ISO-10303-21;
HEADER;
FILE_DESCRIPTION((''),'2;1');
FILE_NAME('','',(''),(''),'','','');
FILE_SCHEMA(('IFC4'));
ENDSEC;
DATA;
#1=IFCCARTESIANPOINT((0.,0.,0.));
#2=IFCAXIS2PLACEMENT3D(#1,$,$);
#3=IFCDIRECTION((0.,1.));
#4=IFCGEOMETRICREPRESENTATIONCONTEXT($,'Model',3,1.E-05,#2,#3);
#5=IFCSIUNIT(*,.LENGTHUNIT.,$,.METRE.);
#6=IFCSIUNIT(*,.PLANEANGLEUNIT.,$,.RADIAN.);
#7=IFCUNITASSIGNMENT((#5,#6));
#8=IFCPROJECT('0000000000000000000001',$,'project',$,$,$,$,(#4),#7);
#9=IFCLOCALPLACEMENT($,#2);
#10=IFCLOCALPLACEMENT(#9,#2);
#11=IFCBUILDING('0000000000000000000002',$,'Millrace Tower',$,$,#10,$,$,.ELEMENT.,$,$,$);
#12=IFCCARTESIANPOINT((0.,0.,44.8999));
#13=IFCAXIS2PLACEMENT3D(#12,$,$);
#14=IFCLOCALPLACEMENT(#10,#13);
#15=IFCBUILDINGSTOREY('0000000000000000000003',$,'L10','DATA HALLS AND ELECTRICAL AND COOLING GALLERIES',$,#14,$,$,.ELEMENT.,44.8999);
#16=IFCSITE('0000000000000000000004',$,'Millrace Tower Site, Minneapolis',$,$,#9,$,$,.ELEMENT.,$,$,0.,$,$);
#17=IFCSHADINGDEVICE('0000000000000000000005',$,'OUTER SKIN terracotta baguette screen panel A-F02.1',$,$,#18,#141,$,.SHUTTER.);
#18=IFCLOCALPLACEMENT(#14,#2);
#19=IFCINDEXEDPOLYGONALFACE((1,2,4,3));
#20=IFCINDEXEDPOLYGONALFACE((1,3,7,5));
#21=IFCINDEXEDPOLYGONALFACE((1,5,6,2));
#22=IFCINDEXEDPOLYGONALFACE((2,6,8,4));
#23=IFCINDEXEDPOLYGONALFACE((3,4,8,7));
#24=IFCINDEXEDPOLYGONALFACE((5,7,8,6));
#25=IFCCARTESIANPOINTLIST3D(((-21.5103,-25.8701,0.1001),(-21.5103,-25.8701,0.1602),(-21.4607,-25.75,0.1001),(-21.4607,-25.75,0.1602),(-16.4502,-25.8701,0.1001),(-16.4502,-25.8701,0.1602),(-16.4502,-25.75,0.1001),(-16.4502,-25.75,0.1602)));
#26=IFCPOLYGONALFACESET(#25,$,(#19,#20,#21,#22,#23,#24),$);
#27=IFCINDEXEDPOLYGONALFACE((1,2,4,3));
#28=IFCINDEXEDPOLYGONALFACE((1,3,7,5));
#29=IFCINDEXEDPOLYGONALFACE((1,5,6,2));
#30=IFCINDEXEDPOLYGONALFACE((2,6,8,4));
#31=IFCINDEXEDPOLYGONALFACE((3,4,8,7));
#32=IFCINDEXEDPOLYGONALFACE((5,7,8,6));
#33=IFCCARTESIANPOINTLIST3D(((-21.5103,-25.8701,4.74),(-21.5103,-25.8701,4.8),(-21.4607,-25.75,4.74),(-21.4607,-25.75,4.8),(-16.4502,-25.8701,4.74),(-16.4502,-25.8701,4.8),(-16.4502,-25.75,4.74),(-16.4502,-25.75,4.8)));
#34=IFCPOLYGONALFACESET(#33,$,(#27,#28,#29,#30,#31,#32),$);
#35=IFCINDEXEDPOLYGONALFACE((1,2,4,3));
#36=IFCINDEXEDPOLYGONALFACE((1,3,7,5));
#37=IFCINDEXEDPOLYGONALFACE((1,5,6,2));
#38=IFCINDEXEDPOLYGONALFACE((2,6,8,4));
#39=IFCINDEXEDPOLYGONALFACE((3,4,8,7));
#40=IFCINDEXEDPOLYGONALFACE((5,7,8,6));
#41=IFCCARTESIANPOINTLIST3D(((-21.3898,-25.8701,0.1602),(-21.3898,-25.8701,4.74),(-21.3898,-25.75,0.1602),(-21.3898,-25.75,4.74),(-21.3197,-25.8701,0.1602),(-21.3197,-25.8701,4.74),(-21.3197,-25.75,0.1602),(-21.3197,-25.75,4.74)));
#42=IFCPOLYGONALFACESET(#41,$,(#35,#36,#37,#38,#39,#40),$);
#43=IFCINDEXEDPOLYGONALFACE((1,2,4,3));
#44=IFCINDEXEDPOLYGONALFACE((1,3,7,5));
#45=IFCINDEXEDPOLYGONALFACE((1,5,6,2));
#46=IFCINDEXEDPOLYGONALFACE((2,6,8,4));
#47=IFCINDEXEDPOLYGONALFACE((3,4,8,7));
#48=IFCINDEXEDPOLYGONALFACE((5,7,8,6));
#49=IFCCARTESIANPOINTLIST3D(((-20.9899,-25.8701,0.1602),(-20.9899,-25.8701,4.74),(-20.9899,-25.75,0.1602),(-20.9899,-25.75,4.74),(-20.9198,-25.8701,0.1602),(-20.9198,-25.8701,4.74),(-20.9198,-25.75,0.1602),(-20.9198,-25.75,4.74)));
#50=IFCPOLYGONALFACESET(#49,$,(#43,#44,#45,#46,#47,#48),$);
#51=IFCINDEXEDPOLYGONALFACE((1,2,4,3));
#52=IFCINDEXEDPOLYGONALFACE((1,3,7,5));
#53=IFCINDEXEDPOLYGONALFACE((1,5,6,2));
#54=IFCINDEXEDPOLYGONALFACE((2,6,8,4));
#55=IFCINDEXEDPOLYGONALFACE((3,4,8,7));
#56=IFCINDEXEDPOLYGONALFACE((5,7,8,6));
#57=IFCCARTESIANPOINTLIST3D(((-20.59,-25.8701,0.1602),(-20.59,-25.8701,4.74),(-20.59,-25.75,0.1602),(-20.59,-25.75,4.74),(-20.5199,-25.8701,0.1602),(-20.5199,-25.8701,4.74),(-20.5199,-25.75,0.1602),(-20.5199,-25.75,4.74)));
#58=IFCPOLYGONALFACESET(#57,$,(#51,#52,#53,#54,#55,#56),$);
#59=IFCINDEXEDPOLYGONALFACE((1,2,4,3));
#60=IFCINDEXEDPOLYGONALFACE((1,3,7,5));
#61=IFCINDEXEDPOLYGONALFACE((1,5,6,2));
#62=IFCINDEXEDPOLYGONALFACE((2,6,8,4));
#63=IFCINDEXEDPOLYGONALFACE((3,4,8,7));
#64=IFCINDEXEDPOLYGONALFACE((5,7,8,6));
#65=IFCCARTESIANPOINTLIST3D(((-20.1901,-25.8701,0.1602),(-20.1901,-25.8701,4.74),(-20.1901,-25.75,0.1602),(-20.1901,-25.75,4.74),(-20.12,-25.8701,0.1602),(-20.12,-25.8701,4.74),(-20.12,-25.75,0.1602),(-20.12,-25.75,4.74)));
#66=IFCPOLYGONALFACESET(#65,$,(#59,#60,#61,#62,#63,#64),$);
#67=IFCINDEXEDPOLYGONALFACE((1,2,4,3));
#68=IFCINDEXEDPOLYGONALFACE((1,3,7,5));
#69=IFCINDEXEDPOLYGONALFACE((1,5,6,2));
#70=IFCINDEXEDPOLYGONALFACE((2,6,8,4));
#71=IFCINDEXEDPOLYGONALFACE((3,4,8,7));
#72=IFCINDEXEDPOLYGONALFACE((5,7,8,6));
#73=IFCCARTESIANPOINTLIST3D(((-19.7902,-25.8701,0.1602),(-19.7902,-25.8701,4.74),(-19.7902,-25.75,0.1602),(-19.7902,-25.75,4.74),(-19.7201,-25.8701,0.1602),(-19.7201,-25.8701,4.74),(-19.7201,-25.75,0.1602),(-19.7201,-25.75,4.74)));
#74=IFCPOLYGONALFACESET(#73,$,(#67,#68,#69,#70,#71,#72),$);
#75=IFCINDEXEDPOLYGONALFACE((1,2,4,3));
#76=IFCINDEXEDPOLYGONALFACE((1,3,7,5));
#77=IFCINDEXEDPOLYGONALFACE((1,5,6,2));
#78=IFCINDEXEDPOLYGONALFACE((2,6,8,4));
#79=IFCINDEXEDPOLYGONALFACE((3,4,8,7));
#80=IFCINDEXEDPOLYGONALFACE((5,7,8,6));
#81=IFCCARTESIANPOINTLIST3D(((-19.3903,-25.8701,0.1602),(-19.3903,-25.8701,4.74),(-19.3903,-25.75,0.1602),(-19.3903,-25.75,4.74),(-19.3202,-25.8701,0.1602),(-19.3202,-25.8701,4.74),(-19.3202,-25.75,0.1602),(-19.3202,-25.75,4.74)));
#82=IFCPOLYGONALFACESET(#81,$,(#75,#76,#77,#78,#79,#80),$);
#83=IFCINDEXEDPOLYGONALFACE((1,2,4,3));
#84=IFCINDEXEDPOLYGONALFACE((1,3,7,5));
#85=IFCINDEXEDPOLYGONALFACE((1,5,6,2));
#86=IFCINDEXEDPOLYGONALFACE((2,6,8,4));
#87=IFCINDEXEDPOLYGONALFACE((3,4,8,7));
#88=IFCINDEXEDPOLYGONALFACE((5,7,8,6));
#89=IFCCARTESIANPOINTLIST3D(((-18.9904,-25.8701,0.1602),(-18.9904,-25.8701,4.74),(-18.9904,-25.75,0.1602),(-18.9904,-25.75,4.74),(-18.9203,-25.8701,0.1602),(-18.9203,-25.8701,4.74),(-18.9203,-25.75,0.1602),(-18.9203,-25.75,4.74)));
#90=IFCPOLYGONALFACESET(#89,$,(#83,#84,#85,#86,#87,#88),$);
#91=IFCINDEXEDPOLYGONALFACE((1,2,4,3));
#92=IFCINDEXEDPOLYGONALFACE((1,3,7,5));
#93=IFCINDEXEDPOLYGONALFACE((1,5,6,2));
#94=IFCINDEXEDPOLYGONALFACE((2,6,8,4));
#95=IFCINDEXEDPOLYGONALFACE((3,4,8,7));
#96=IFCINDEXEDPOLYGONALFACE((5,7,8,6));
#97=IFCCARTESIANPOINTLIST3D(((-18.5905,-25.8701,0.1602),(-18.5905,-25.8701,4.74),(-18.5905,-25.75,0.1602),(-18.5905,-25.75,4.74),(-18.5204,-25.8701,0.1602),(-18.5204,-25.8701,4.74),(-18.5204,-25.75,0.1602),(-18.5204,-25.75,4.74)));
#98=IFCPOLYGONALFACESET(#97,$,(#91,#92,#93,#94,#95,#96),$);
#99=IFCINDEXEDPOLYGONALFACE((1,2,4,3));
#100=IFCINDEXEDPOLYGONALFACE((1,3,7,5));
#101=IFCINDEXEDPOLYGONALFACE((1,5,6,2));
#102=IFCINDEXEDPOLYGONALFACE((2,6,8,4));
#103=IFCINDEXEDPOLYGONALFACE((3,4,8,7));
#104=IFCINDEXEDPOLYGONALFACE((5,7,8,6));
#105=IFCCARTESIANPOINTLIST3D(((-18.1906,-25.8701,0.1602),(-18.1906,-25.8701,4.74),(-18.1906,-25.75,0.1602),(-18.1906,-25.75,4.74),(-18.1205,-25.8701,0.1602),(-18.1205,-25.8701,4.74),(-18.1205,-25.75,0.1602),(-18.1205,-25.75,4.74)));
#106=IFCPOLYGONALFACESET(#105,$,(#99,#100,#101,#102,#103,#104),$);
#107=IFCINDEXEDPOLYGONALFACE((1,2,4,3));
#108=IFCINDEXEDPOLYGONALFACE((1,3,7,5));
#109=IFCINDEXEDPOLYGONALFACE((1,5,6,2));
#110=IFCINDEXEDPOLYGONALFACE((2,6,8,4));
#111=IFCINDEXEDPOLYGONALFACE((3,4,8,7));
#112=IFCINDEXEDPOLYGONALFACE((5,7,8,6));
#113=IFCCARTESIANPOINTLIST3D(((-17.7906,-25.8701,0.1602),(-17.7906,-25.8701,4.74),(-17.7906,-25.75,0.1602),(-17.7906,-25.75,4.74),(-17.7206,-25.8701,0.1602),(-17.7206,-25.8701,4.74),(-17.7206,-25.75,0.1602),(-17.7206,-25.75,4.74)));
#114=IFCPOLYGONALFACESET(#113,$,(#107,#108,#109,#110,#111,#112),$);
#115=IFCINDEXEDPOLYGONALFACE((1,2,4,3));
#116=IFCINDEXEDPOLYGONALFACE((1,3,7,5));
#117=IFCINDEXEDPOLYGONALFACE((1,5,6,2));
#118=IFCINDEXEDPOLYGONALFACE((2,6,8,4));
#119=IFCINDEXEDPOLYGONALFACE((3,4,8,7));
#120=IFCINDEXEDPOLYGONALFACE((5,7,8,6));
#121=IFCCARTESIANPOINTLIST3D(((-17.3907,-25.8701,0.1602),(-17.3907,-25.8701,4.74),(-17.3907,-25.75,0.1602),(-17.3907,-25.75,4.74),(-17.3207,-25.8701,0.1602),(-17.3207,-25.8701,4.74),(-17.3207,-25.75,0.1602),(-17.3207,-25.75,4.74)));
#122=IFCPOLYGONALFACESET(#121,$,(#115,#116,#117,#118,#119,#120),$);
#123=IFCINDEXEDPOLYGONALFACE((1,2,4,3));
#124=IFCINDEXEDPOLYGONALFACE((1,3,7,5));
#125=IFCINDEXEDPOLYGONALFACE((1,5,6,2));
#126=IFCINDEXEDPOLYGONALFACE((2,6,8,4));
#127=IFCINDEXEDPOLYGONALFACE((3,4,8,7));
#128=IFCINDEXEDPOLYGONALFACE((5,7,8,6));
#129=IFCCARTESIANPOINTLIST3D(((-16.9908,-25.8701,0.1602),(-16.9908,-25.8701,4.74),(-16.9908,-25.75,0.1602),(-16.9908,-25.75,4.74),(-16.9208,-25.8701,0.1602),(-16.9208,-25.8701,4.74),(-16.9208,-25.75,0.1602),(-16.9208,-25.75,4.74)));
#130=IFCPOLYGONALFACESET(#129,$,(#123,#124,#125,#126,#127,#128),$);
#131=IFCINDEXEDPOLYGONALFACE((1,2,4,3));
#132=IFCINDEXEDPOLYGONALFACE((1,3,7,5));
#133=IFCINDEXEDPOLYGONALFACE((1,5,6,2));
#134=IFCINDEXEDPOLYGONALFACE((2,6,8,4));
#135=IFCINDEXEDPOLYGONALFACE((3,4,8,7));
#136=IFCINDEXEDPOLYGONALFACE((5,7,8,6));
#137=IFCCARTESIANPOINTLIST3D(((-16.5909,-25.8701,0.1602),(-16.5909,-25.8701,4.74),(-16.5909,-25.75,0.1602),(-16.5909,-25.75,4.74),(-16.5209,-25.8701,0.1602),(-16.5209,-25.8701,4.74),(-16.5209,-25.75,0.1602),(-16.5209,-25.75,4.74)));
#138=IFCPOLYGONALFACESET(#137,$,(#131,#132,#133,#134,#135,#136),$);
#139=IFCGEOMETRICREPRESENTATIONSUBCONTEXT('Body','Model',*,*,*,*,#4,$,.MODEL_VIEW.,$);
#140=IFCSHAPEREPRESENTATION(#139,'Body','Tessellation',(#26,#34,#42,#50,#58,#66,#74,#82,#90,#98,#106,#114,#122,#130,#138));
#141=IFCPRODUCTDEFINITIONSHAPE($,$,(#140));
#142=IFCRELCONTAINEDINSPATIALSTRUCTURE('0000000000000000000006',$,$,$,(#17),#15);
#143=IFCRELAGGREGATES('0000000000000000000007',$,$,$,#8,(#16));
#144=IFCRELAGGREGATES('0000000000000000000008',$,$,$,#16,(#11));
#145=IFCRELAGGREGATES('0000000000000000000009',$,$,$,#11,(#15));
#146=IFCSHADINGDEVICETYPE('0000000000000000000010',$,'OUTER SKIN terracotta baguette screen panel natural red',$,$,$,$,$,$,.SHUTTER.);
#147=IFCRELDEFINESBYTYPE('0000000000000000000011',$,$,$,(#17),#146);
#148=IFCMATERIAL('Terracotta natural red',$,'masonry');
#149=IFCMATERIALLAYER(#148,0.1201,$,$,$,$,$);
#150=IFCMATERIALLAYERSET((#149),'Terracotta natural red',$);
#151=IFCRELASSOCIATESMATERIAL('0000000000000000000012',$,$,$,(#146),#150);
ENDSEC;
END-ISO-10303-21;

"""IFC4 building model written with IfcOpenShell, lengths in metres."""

from ifc_helpers import new_model, entity, si_unit, direction, frame, frame_2d, origin, place, context, subcontext, project, spatial, rectangle, extrude, source, transform, mapped, material, layer, layer_set, type_object, element, save


model = new_model("IFC4")

# Units and contexts
model_context = context("Model", 3, precision=1e-05, world=origin(), true_north=direction((0.0, 1.0)))
body_context = subcontext(model_context, "Body", "Model", "MODEL_VIEW")
ifc_project = project(units=[si_unit("LENGTHUNIT", "METRE"), si_unit("PLANEANGLEUNIT", "RADIAN")], contexts=[model_context])

# Site, building, storey
site_placement = place(None, origin())
site = spatial("IfcSite", under=ifc_project, at=site_placement, Name="Millrace Tower Site, Minneapolis", CompositionType="ELEMENT", RefElevation=0.0)
building_placement = place(site_placement, origin())
building = spatial("IfcBuilding", under=site, at=building_placement, Name="Millrace Tower", CompositionType="ELEMENT")
storey_placement = place(building_placement, frame((0.0, 0.0, 44.8999)))
storey = spatial("IfcBuildingStorey", under=building, at=storey_placement, Name="L10", Description="DATA HALLS AND ELECTRICAL AND COOLING GALLERIES", CompositionType="ELEMENT", Elevation=44.8999)

# Shading device
ifc_material_1 = material(Name="Terracotta natural red", Category="masonry")
ifc_layer_1 = layer(ifc_material_1, 0.1201)
ifc_layer_set_1 = layer_set([ifc_layer_1], Name="Terracotta natural red")
shading_device_type_1 = type_object("IfcShadingDeviceType", Name="OUTER SKIN terracotta baguette screen panel natural red", PredefinedType="SHUTTER", material=ifc_layer_set_1)
cartesian_point_1 = entity("IfcCartesianPoint", [-2.4929, 0.0601])
shared_polyline_1 = entity("IfcPolyline", [cartesian_point_1, entity("IfcCartesianPoint", [2.5176, 0.0601]), entity("IfcCartesianPoint", [2.5176, -0.0601]), entity("IfcCartesianPoint", [-2.5425, -0.0601]), cartesian_point_1])
shared_shape_1 = source(origin(), body_context, "Body", "SweptSolid", [
    entity("IfcExtrudedAreaSolid", entity("IfcArbitraryClosedProfileDef", "AREA", None, shared_polyline_1), entity("IfcAxis2Placement3D", entity("IfcCartesianPoint", [0.0, 0.0, 0.0])), entity("IfcDirection", [0.0, 0.0, 1.0]), 0.0601),
    entity("IfcExtrudedAreaSolid", entity("IfcArbitraryClosedProfileDef", "AREA", None, shared_polyline_1), entity("IfcAxis2Placement3D", entity("IfcCartesianPoint", [0.0, 0.0, 4.6399])), entity("IfcDirection", [0.0, 0.0, 1.0]), 0.0601),
    extrude(rectangle(XDim=0.0701, YDim=0.1201, at=frame_2d((-2.387, 0.0))), frame((0.0, 0.0, 0.0601)), (0.0, 0.0, 1.0), 4.5798),
    extrude(rectangle(XDim=0.0701, YDim=0.1201, at=frame_2d((-1.9871, 0.0))), frame((0.0, 0.0, 0.0601)), (0.0, 0.0, 1.0), 4.5798),
    extrude(rectangle(XDim=0.0701, YDim=0.1201, at=frame_2d((-1.5872, 0.0))), frame((0.0, 0.0, 0.0601)), (0.0, 0.0, 1.0), 4.5798),
    extrude(rectangle(XDim=0.0701, YDim=0.1201, at=frame_2d((-1.1873, 0.0))), frame((0.0, 0.0, 0.0601)), (0.0, 0.0, 1.0), 4.5798),
    extrude(rectangle(XDim=0.0701, YDim=0.1201, at=frame_2d((-0.7874, 0.0))), frame((0.0, 0.0, 0.0601)), (0.0, 0.0, 1.0), 4.5798),
    extrude(rectangle(XDim=0.0701, YDim=0.1201, at=frame_2d((-0.3875, 0.0))), frame((0.0, 0.0, 0.0601)), (0.0, 0.0, 1.0), 4.5798),
    extrude(rectangle(XDim=0.0701, YDim=0.1201, at=frame_2d((0.0125, 0.0))), frame((0.0, 0.0, 0.0601)), (0.0, 0.0, 1.0), 4.5798),
    extrude(rectangle(XDim=0.0701, YDim=0.1201, at=frame_2d((0.4124, 0.0))), frame((0.0, 0.0, 0.0601)), (0.0, 0.0, 1.0), 4.5798),
    extrude(rectangle(XDim=0.0701, YDim=0.1201, at=frame_2d((0.8123, 0.0))), frame((0.0, 0.0, 0.0601)), (0.0, 0.0, 1.0), 4.5798),
    extrude(rectangle(XDim=0.0701, YDim=0.1201, at=frame_2d((1.2122, 0.0))), frame((0.0, 0.0, 0.0601)), (0.0, 0.0, 1.0), 4.5798),
    extrude(rectangle(XDim=0.0701, YDim=0.1201, at=frame_2d((1.6121, 0.0))), frame((0.0, 0.0, 0.0601)), (0.0, 0.0, 1.0), 4.5798),
    extrude(rectangle(XDim=0.0701, YDim=0.1201, at=frame_2d((2.012, 0.0))), frame((0.0, 0.0, 0.0601)), (0.0, 0.0, 1.0), 4.5798),
    extrude(rectangle(XDim=0.0701, YDim=0.1201, at=frame_2d((2.4119, 0.0))), frame((0.0, 0.0, 0.0601)), (0.0, 0.0, 1.0), 4.5798),
])
shading_device_1_placement = place(storey_placement, frame((-18.9678, -25.8101, 0.1001), z_axis=(0.0, 0.0, 1.0), x_axis=(1.0, 0.0, 0.0)))
element("IfcShadingDevice", 1, at=shading_device_1_placement, inside=storey, type_object=shading_device_type_1, Name="OUTER SKIN terracotta baguette screen panel A-F02.1", PredefinedType="SHUTTER", context=body_context, shape_type="MappedRepresentation", body=[
    mapped(shared_shape_1, transform((0.0, 0.0, 0.0), scale=1.0)),
])

save(model, "model.ifc")
